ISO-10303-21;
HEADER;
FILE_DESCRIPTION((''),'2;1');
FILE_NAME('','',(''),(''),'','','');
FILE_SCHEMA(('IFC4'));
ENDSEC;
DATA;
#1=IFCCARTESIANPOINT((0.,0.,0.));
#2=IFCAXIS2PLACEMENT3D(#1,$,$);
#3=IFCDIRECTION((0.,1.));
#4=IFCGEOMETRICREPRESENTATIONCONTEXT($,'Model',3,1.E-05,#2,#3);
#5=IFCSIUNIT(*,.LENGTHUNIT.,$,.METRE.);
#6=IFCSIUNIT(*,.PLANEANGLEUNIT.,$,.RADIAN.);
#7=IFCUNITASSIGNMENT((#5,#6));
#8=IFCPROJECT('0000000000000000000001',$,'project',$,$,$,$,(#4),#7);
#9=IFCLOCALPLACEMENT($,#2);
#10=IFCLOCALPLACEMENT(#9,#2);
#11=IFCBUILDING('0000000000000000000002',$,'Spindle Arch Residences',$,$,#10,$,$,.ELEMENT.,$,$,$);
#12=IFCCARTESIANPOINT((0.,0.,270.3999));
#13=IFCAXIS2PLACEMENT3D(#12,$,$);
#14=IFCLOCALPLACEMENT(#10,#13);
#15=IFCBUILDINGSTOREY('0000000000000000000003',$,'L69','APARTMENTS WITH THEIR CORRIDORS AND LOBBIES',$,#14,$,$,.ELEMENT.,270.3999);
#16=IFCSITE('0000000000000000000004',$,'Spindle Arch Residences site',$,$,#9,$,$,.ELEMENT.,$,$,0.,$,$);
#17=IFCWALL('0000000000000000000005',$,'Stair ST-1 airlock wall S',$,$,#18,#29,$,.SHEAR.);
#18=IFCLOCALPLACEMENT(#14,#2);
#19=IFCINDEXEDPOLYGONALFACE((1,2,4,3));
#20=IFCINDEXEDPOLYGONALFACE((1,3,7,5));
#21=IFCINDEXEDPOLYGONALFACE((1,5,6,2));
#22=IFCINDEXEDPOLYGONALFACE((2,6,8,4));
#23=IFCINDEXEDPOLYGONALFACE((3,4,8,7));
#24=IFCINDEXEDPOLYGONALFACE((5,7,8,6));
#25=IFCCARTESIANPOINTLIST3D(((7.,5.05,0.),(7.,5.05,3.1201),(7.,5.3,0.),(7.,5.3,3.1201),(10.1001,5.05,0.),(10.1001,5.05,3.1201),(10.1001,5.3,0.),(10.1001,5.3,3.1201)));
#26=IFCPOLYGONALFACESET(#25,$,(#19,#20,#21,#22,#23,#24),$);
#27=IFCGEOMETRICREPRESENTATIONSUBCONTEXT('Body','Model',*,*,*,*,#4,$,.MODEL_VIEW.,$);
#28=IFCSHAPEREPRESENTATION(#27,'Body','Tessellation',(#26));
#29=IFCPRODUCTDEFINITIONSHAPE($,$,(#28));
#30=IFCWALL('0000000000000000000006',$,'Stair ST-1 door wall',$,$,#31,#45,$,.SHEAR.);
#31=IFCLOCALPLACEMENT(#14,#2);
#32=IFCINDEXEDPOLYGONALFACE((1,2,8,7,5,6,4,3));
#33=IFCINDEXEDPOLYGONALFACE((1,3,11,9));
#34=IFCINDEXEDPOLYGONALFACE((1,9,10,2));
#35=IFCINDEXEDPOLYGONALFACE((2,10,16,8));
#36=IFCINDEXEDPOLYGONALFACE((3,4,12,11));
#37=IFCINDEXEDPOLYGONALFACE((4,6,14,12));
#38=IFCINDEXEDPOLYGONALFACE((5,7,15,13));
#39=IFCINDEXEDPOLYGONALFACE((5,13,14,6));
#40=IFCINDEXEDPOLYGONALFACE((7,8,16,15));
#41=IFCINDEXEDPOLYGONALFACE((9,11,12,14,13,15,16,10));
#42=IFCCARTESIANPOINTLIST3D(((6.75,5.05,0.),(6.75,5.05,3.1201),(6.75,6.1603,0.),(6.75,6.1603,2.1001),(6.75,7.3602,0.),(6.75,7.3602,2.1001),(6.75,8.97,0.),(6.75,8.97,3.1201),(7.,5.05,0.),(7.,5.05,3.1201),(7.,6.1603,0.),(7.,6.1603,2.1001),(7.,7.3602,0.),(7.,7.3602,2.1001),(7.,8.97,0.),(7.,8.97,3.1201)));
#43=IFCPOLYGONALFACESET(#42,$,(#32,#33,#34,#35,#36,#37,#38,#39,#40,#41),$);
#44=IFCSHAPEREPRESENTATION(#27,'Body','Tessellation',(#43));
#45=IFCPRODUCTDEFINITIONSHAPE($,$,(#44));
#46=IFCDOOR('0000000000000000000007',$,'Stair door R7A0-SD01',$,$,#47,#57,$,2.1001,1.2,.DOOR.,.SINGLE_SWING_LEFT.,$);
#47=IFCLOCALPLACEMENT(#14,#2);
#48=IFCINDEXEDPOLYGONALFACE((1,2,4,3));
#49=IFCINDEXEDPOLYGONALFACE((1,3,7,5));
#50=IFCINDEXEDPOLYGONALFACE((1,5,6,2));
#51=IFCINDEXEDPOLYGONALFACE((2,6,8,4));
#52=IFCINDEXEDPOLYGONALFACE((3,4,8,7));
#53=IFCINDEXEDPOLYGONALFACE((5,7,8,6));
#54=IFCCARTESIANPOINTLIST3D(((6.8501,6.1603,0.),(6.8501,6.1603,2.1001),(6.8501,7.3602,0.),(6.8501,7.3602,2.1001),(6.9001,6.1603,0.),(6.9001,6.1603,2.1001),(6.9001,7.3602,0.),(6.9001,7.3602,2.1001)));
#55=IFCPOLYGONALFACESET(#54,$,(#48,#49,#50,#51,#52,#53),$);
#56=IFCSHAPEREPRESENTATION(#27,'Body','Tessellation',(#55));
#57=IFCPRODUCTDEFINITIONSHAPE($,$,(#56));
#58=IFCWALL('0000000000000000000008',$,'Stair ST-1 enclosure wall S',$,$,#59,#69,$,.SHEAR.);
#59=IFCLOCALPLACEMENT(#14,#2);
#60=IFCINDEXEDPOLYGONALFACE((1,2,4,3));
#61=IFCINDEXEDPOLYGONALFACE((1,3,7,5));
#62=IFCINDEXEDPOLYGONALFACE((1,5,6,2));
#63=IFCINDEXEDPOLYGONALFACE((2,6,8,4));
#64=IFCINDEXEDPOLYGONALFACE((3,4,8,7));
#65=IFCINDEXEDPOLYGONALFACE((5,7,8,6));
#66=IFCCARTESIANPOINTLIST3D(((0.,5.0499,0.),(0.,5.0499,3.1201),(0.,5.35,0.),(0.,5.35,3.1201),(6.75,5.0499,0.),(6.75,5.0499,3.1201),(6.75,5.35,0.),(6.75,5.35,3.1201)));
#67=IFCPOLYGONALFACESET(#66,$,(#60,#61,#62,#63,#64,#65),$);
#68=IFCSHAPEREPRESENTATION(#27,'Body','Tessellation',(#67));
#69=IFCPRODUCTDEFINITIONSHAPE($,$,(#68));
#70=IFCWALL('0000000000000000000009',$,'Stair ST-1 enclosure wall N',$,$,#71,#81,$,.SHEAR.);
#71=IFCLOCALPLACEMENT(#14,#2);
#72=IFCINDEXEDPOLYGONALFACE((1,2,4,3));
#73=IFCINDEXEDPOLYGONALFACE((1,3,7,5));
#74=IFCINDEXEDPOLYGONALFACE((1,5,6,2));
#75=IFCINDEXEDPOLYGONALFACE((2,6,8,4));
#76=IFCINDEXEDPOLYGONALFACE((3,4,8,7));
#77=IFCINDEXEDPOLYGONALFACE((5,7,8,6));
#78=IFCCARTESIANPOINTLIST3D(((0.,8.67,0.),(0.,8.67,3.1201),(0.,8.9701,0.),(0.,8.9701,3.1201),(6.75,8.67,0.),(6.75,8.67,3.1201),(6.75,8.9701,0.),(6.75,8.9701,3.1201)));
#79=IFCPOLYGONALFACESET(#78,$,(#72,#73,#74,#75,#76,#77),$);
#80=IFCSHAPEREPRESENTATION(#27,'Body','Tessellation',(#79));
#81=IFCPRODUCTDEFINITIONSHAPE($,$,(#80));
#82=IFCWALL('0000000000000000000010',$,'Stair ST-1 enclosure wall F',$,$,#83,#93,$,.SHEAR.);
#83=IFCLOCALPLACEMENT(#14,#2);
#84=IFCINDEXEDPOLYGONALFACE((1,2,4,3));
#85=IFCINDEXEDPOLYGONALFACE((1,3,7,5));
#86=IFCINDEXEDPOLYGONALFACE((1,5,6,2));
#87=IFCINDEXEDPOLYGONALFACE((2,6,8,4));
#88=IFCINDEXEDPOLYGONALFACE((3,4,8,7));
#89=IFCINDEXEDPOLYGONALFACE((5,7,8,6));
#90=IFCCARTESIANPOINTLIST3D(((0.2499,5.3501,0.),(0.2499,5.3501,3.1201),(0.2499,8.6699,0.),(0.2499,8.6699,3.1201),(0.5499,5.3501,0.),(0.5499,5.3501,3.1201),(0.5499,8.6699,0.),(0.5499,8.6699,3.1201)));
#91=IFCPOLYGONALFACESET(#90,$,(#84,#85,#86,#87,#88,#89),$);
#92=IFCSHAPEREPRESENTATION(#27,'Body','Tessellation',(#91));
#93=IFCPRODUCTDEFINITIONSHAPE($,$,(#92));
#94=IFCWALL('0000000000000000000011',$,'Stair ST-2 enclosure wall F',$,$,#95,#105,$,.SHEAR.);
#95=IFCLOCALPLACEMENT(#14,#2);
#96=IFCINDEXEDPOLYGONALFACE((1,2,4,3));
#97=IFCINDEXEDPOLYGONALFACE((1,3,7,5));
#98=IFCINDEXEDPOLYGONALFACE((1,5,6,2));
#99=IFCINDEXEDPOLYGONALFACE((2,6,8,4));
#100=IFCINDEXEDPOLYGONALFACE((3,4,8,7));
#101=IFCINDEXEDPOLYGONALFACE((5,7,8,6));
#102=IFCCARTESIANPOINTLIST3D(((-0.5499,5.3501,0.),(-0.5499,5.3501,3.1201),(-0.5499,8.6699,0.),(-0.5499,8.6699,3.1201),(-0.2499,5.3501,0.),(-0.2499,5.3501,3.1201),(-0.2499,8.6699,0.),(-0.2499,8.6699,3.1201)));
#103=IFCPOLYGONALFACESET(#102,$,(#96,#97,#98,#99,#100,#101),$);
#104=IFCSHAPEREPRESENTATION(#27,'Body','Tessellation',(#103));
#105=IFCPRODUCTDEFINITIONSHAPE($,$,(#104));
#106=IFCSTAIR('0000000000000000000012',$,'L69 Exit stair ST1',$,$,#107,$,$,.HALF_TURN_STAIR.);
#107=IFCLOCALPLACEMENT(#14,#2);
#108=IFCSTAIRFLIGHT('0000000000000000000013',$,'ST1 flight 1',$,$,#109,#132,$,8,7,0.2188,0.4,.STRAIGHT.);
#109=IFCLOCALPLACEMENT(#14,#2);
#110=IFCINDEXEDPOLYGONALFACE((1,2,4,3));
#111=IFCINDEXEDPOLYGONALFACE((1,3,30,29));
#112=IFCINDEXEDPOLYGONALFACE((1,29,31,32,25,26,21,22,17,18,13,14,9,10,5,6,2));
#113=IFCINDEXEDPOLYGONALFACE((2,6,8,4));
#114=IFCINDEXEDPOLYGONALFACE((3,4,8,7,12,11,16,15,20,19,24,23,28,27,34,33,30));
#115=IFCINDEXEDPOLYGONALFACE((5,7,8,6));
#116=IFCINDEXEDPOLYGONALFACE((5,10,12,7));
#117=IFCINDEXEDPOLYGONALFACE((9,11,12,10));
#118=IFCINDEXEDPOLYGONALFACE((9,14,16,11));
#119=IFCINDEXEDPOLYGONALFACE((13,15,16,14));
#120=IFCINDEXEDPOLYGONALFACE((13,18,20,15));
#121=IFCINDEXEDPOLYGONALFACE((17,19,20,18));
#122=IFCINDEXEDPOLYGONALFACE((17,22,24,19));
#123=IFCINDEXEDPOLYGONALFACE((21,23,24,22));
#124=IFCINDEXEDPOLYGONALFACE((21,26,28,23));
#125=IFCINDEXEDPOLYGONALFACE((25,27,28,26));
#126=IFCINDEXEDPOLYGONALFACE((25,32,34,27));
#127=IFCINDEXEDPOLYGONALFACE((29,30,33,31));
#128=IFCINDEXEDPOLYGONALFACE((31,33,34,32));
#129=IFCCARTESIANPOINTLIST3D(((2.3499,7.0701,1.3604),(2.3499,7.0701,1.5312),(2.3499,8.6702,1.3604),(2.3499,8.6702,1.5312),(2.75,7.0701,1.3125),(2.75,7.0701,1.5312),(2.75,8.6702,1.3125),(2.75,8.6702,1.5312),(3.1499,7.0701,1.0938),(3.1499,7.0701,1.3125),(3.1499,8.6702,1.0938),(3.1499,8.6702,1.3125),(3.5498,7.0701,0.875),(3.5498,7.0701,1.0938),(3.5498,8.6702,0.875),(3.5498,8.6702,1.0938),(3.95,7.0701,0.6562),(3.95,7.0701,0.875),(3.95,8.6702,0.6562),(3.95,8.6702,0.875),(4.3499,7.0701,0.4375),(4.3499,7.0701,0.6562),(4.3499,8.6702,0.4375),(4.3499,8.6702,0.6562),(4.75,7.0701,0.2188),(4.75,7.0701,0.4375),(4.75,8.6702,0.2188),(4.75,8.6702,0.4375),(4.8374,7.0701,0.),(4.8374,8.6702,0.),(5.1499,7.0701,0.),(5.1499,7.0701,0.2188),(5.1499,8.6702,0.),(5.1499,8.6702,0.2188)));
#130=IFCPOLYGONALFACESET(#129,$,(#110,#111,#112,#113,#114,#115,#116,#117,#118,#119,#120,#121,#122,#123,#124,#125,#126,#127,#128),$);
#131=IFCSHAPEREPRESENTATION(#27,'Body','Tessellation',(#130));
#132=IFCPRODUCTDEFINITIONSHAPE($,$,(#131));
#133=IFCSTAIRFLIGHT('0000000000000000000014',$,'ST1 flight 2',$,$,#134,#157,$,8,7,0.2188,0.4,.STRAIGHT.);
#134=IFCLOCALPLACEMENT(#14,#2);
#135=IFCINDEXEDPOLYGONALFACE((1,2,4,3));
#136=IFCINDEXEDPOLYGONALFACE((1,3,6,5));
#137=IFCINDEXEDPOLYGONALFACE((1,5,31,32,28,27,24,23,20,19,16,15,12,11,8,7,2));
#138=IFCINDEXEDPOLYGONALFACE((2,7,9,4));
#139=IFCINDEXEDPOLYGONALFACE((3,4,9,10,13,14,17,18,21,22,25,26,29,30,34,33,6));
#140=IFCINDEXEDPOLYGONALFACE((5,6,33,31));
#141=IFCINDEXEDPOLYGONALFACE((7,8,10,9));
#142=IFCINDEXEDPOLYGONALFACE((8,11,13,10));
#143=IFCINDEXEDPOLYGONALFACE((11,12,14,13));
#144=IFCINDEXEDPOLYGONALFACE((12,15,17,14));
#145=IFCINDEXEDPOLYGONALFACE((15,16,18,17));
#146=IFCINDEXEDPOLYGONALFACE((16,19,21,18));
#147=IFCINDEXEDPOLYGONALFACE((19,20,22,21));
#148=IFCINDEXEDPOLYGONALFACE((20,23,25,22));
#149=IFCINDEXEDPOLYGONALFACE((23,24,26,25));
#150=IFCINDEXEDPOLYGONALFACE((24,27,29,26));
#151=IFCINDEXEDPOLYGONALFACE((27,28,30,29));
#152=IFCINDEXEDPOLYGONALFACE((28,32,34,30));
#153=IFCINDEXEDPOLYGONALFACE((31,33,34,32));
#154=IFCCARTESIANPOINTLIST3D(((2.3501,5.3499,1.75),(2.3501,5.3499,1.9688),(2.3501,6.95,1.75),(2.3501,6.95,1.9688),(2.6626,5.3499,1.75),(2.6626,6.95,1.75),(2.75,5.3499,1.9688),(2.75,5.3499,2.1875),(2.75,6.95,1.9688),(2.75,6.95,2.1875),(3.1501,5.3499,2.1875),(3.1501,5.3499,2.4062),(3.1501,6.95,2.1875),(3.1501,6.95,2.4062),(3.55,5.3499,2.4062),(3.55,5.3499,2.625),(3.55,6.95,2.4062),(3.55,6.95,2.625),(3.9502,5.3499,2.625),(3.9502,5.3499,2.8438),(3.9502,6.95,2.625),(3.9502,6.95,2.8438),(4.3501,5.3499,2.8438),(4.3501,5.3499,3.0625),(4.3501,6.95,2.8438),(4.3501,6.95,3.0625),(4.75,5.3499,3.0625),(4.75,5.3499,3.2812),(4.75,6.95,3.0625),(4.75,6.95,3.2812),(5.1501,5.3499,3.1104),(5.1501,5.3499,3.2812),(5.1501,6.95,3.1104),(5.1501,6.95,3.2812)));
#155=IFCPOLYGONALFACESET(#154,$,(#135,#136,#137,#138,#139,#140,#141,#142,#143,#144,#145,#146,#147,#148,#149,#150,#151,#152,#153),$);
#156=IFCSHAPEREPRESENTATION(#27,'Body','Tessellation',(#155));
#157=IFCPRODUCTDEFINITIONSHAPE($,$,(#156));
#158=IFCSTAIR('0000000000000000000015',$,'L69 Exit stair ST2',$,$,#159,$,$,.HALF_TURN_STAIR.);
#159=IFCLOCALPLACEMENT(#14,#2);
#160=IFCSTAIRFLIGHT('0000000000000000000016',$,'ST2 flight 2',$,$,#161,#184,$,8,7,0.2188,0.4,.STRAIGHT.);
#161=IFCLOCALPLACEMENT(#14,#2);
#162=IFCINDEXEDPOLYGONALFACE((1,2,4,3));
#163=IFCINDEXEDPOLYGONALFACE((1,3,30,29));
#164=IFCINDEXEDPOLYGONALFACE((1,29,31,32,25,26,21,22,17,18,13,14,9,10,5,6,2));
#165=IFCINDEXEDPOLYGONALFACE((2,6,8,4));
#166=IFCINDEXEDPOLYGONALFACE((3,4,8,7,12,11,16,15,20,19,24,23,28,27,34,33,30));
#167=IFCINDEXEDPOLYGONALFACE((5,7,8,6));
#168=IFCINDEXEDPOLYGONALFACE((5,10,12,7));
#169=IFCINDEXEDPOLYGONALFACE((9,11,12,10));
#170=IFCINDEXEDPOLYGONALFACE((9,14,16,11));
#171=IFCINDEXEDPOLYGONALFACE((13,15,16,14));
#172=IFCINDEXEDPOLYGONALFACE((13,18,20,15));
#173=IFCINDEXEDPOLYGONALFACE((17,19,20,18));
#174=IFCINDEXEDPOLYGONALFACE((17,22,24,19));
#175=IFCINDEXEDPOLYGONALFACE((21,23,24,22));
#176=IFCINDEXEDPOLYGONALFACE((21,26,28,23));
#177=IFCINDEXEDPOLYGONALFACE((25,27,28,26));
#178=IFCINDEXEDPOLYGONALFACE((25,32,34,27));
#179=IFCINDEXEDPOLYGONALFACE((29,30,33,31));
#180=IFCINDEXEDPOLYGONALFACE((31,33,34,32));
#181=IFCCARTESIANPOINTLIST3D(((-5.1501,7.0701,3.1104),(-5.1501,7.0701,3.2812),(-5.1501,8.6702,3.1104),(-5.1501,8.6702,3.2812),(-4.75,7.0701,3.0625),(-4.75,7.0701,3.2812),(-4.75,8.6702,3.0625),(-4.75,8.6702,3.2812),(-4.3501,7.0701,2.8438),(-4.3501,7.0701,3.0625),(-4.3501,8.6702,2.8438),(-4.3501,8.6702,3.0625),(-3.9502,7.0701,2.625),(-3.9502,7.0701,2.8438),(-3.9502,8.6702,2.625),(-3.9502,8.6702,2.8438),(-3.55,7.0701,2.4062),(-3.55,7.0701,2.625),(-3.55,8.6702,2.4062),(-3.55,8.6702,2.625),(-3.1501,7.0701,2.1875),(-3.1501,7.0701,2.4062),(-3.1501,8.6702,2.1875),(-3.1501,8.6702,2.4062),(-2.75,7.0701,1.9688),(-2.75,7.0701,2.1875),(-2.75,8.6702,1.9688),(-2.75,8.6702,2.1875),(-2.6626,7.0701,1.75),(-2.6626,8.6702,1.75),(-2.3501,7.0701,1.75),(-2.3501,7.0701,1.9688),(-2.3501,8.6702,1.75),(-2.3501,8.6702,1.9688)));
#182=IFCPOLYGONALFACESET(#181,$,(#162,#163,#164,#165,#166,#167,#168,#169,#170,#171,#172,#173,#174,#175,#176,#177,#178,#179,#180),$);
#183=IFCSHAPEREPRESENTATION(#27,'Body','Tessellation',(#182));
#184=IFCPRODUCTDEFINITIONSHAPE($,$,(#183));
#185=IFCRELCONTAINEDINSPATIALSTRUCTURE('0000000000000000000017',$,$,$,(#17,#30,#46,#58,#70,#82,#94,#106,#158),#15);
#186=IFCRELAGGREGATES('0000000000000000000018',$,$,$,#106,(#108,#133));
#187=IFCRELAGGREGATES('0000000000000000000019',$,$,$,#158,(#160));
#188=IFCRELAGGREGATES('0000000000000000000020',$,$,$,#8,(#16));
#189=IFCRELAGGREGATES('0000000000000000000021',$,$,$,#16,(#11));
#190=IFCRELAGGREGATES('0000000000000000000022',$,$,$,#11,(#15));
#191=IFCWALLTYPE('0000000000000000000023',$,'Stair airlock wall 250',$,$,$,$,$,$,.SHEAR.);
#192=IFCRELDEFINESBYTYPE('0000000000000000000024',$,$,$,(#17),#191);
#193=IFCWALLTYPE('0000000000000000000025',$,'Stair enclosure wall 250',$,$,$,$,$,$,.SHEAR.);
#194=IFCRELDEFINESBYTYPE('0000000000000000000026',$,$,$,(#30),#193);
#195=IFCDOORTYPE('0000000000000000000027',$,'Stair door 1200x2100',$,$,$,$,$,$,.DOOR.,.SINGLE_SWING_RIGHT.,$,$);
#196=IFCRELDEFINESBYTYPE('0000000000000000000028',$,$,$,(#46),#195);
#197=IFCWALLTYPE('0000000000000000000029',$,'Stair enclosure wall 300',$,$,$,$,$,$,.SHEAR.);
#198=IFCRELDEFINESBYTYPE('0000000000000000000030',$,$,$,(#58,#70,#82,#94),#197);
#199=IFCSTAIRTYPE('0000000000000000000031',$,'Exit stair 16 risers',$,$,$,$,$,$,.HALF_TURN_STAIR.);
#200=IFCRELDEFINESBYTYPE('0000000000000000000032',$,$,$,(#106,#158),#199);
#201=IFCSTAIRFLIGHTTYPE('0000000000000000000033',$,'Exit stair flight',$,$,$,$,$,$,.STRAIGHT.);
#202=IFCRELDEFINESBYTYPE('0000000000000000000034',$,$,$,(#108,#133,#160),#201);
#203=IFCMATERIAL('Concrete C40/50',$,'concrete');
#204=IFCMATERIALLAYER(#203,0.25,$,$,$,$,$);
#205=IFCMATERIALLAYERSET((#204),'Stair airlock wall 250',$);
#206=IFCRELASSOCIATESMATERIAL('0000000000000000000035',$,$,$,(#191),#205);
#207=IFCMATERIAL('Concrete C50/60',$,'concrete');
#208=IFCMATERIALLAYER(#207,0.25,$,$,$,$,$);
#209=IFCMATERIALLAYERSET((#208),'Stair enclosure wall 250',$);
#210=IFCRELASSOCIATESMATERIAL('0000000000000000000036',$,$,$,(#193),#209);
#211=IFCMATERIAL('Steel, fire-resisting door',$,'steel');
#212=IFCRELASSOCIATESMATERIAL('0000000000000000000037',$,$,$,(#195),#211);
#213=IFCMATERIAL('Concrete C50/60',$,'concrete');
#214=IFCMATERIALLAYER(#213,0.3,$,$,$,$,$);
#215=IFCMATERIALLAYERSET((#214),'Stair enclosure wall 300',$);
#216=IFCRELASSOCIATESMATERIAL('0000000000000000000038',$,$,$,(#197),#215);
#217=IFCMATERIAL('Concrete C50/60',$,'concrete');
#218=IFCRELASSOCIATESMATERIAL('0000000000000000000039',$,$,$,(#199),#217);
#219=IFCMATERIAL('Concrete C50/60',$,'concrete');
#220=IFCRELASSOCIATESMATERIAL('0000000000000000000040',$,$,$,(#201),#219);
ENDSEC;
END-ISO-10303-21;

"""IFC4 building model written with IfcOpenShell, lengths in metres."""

from ifc_helpers import new_model, si_unit, direction, frame, frame_2d, origin, place, context, subcontext, project, spatial, polyline, rectangle, outline, extrude, material, layer, layer_set, type_object, element, fill, aggregate, save


model = new_model("IFC4")

# Units and contexts
model_context = context("Model", 3, precision=1e-05, world=origin(), true_north=direction((0.0, 1.0)))
body_context = subcontext(model_context, "Body", "Model", "MODEL_VIEW")
ifc_project = project(units=[si_unit("LENGTHUNIT", "METRE"), si_unit("PLANEANGLEUNIT", "RADIAN")], contexts=[model_context])

# Site, building, storey
site_placement = place(None, origin())
site = spatial("IfcSite", under=ifc_project, at=site_placement, Name="Spindle Arch Residences site", CompositionType="ELEMENT", RefElevation=0.0)
building_placement = place(site_placement, origin())
building = spatial("IfcBuilding", under=site, at=building_placement, Name="Spindle Arch Residences", CompositionType="ELEMENT")
storey_placement = place(building_placement, frame((0.0, 0.0, 270.3999)))
storey = spatial("IfcBuildingStorey", under=building, at=storey_placement, Name="L69", Description="APARTMENTS WITH THEIR CORRIDORS AND LOBBIES", CompositionType="ELEMENT", Elevation=270.3999)

# Wall
ifc_material_1 = material(Name="Concrete C40/50", Category="concrete")
ifc_layer_1 = layer(ifc_material_1, 0.25)
ifc_layer_set_1 = layer_set([ifc_layer_1], Name="Stair airlock wall 250")
wall_type_1 = type_object("IfcWallType", Name="Stair airlock wall 250", PredefinedType="SHEAR", material=ifc_layer_set_1)
wall_1_placement = place(storey_placement, frame((7.0, 5.175, 0.0), z_axis=(0.0, 0.0, 1.0), x_axis=(1.0, 0.0, 0.0)))
element("IfcWall", 1, at=wall_1_placement, inside=storey, type_object=wall_type_1, Name="Stair ST-1 airlock wall S", PredefinedType="SHEAR", context=body_context, shape_type="SweptSolid", body=[
    extrude(rectangle(XDim=3.1001, YDim=0.25, at=frame_2d((1.55, 0.0))), origin(), (0.0, 0.0, 1.0), 3.1201),
])

# Wall, opening, door
ifc_material_2 = material(Name="Concrete C50/60", Category="concrete")
ifc_layer_2 = layer(ifc_material_2, 0.25)
ifc_layer_set_2 = layer_set([ifc_layer_2], Name="Stair enclosure wall 250")
wall_type_2 = type_object("IfcWallType", Name="Stair enclosure wall 250", PredefinedType="SHEAR", material=ifc_layer_set_2)
wall_2_placement = place(storey_placement, frame((6.875, 5.05, 0.0), z_axis=(0.0, 0.0, 1.0), x_axis=(0.0, 1.0, 0.0)))
wall_2 = element("IfcWall", 2, at=wall_2_placement, inside=storey, type_object=wall_type_2, Name="Stair ST-1 door wall", PredefinedType="SHEAR", context=body_context, shape_type="SweptSolid", body=[
    extrude(rectangle(XDim=3.9199, YDim=0.25, at=frame_2d((1.96, 0.0))), origin(), (0.0, 0.0, 1.0), 3.1201),
])
opening_1_placement = place(wall_2_placement, frame((1.1101, 0.0, 0.0)))
opening_1 = element("IfcOpeningElement", 3, at=opening_1_placement, cuts=wall_2, PredefinedType="OPENING", context=body_context, shape_type="SweptSolid", body=[
    extrude(rectangle(XDim=1.2, YDim=2.1001, at=frame_2d((0.6001, 1.05))), frame((0.0, 0.135, 0.0), z_axis=(0.0, -1.0, 0.0), x_axis=(1.0, 0.0, 0.0)), (0.0, 0.0, 1.0), 0.27),
])
ifc_material_3 = material(Name="Steel, fire-resisting door", Category="steel")
door_type_1 = type_object("IfcDoorType", Name="Stair door 1200x2100", OperationType="SINGLE_SWING_RIGHT", PredefinedType="DOOR", material=ifc_material_3)
door_1_placement = place(opening_1_placement, origin())
door_1 = element("IfcDoor", 4, at=door_1_placement, inside=storey, type_object=door_type_1, Name="Stair door R7A0-SD01", OperationType="SINGLE_SWING_LEFT", OverallHeight=2.1001, OverallWidth=1.2, PredefinedType="DOOR", context=body_context, shape_type="SweptSolid", body=[
    extrude(rectangle(XDim=1.2, YDim=2.1001, at=frame_2d((0.6001, 1.05))), frame((0.0, 0.0249, 0.0), z_axis=(0.0, -1.0, 0.0), x_axis=(1.0, 0.0, 0.0)), (0.0, 0.0, 1.0), 0.05),
])
fill(opening_1, door_1)

# Walls
ifc_material_4 = material(Name="Concrete C50/60", Category="concrete")
ifc_layer_3 = layer(ifc_material_4, 0.3)
ifc_layer_set_3 = layer_set([ifc_layer_3], Name="Stair enclosure wall 300")
wall_type_3 = type_object("IfcWallType", Name="Stair enclosure wall 300", PredefinedType="SHEAR", material=ifc_layer_set_3)
for number, where, z_axis, x_axis, name in (
    (5, (0.0, 5.2, 0.0), (0.0, 0.0, 1.0), (1.0, 0.0, 0.0), "Stair ST-1 enclosure wall S"),
    (6, (0.0, 8.8201, 0.0), (0.0, 0.0, 1.0), (1.0, 0.0, 0.0), "Stair ST-1 enclosure wall N"),
):
    element("IfcWall", number, at=place(storey_placement, frame(where, z_axis=z_axis, x_axis=x_axis)), inside=storey, type_object=wall_type_3, Name=name, PredefinedType="SHEAR", context=body_context, shape_type="SweptSolid", body=[
        extrude(rectangle(XDim=6.75, YDim=0.3, at=frame_2d((3.375, 0.0))), origin(), (0.0, 0.0, 1.0), 3.1201),
    ])
for number, where, z_axis, x_axis, name in (
    (7, (0.3999, 5.3501, 0.0), (0.0, 0.0, 1.0), (0.0, 1.0, 0.0), "Stair ST-1 enclosure wall F"),
    (8, (-0.3999, 5.3501, 0.0), (0.0, 0.0, 1.0), (0.0, 1.0, 0.0), "Stair ST-2 enclosure wall F"),
):
    element("IfcWall", number, at=place(storey_placement, frame(where, z_axis=z_axis, x_axis=x_axis)), inside=storey, type_object=wall_type_3, Name=name, PredefinedType="SHEAR", context=body_context, shape_type="SweptSolid", body=[
        extrude(rectangle(XDim=3.3198, YDim=0.3, at=frame_2d((1.6599, 0.0))), origin(), (0.0, 0.0, 1.0), 3.1201),
    ])

# Stair, stair flights
ifc_material_5 = material(Name="Concrete C50/60", Category="concrete")
stair_type = type_object("IfcStairType", Name="Exit stair 16 risers", PredefinedType="HALF_TURN_STAIR", material=ifc_material_5)
stair_1_placement = place(storey_placement, origin())
stair_1 = element("IfcStair", 9, at=stair_1_placement, inside=storey, type_object=stair_type, Name="L69 Exit stair ST1", PredefinedType="HALF_TURN_STAIR")
ifc_material_6 = material(Name="Concrete C50/60", Category="concrete")
stair_flight_type = type_object("IfcStairFlightType", Name="Exit stair flight", PredefinedType="STRAIGHT", material=ifc_material_6)
stair_flight_1_placement = place(storey_placement, frame((5.1499, 7.8701, 0.0), z_axis=(0.0, 0.0, 1.0), x_axis=(-1.0, 0.0, 0.0)))
stair_flight_1 = element("IfcStairFlight", 10, at=stair_flight_1_placement, type_object=stair_flight_type, Name="ST1 flight 1", NumberOfRisers=8, NumberOfTreads=7, PredefinedType="STRAIGHT", RiserHeight=0.2188, TreadLength=0.4, context=body_context, shape_type="SweptSolid", body=[
    extrude(outline(polyline([(0.0, 0.0), (0.0, 0.2188), (0.3999, 0.2188), (0.3999, 0.4375), (0.8, 0.4375), (0.8, 0.6562), (1.2, 0.6562), (1.2, 0.875), (1.6001, 0.875), (1.6001, 1.0938), (2.0, 1.0938), (2.0, 1.3125), (2.3999, 1.3125), (2.3999, 1.5312), (2.8, 1.5312), (2.8, 1.75), (2.8, 1.3604), (0.3125, 0.0), (0.0, 0.0)])), frame((0.0, 0.8, 0.0), z_axis=(0.0, -1.0, 0.0), x_axis=(1.0, 0.0, 0.0)), (0.0, 0.0, 1.0), 1.6001),
])
stair_flight_2_placement = place(storey_placement, frame((2.3501, 6.1499, 1.75), z_axis=(0.0, 0.0, 1.0), x_axis=(1.0, 0.0, 0.0)))
stair_flight_2 = element("IfcStairFlight", 11, at=stair_flight_2_placement, type_object=stair_flight_type, Name="ST1 flight 2", NumberOfRisers=8, NumberOfTreads=7, PredefinedType="STRAIGHT", RiserHeight=0.2188, TreadLength=0.4, context=body_context, shape_type="SweptSolid", body=[
    extrude(outline(polyline([(0.0, 0.0), (0.0, 0.2188), (0.3999, 0.2188), (0.3999, 0.4375), (0.8, 0.4375), (0.8, 0.6562), (1.2, 0.6562), (1.2, 0.875), (1.6001, 0.875), (1.6001, 1.0938), (2.0, 1.0938), (2.0, 1.3125), (2.3999, 1.3125), (2.3999, 1.5312), (2.8, 1.5312), (2.8, 1.75), (2.8, 1.3604), (0.3125, 0.0), (0.0, 0.0)])), frame((0.0, 0.8, 0.0), z_axis=(0.0, -1.0, 0.0), x_axis=(1.0, 0.0, 0.0)), (0.0, 0.0, 1.0), 1.6001),
])
aggregate(stair_1, [stair_flight_1, stair_flight_2])

# Stair, stair flight
stair_2_placement = place(storey_placement, origin())
stair_2 = element("IfcStair", 12, at=stair_2_placement, inside=storey, type_object=stair_type, Name="L69 Exit stair ST2", PredefinedType="HALF_TURN_STAIR")
stair_flight_3_placement = place(storey_placement, frame((-2.3501, 7.8701, 1.75), z_axis=(0.0, 0.0, 1.0), x_axis=(-1.0, 0.0, 0.0)))
stair_flight_3 = element("IfcStairFlight", 13, at=stair_flight_3_placement, type_object=stair_flight_type, Name="ST2 flight 2", NumberOfRisers=8, NumberOfTreads=7, PredefinedType="STRAIGHT", RiserHeight=0.2188, TreadLength=0.4, context=body_context, shape_type="SweptSolid", body=[
    extrude(outline(polyline([(0.0, 0.0), (0.0, 0.2188), (0.3999, 0.2188), (0.3999, 0.4375), (0.8, 0.4375), (0.8, 0.6562), (1.2, 0.6562), (1.2, 0.875), (1.6001, 0.875), (1.6001, 1.0938), (2.0, 1.0938), (2.0, 1.3125), (2.3999, 1.3125), (2.3999, 1.5312), (2.8, 1.5312), (2.8, 1.75), (2.8, 1.3604), (0.3125, 0.0), (0.0, 0.0)])), frame((0.0, 0.8, 0.0), z_axis=(0.0, -1.0, 0.0), x_axis=(1.0, 0.0, 0.0)), (0.0, 0.0, 1.0), 1.6001),
])
aggregate(stair_2, [stair_flight_3])

save(model, "model.ifc")
